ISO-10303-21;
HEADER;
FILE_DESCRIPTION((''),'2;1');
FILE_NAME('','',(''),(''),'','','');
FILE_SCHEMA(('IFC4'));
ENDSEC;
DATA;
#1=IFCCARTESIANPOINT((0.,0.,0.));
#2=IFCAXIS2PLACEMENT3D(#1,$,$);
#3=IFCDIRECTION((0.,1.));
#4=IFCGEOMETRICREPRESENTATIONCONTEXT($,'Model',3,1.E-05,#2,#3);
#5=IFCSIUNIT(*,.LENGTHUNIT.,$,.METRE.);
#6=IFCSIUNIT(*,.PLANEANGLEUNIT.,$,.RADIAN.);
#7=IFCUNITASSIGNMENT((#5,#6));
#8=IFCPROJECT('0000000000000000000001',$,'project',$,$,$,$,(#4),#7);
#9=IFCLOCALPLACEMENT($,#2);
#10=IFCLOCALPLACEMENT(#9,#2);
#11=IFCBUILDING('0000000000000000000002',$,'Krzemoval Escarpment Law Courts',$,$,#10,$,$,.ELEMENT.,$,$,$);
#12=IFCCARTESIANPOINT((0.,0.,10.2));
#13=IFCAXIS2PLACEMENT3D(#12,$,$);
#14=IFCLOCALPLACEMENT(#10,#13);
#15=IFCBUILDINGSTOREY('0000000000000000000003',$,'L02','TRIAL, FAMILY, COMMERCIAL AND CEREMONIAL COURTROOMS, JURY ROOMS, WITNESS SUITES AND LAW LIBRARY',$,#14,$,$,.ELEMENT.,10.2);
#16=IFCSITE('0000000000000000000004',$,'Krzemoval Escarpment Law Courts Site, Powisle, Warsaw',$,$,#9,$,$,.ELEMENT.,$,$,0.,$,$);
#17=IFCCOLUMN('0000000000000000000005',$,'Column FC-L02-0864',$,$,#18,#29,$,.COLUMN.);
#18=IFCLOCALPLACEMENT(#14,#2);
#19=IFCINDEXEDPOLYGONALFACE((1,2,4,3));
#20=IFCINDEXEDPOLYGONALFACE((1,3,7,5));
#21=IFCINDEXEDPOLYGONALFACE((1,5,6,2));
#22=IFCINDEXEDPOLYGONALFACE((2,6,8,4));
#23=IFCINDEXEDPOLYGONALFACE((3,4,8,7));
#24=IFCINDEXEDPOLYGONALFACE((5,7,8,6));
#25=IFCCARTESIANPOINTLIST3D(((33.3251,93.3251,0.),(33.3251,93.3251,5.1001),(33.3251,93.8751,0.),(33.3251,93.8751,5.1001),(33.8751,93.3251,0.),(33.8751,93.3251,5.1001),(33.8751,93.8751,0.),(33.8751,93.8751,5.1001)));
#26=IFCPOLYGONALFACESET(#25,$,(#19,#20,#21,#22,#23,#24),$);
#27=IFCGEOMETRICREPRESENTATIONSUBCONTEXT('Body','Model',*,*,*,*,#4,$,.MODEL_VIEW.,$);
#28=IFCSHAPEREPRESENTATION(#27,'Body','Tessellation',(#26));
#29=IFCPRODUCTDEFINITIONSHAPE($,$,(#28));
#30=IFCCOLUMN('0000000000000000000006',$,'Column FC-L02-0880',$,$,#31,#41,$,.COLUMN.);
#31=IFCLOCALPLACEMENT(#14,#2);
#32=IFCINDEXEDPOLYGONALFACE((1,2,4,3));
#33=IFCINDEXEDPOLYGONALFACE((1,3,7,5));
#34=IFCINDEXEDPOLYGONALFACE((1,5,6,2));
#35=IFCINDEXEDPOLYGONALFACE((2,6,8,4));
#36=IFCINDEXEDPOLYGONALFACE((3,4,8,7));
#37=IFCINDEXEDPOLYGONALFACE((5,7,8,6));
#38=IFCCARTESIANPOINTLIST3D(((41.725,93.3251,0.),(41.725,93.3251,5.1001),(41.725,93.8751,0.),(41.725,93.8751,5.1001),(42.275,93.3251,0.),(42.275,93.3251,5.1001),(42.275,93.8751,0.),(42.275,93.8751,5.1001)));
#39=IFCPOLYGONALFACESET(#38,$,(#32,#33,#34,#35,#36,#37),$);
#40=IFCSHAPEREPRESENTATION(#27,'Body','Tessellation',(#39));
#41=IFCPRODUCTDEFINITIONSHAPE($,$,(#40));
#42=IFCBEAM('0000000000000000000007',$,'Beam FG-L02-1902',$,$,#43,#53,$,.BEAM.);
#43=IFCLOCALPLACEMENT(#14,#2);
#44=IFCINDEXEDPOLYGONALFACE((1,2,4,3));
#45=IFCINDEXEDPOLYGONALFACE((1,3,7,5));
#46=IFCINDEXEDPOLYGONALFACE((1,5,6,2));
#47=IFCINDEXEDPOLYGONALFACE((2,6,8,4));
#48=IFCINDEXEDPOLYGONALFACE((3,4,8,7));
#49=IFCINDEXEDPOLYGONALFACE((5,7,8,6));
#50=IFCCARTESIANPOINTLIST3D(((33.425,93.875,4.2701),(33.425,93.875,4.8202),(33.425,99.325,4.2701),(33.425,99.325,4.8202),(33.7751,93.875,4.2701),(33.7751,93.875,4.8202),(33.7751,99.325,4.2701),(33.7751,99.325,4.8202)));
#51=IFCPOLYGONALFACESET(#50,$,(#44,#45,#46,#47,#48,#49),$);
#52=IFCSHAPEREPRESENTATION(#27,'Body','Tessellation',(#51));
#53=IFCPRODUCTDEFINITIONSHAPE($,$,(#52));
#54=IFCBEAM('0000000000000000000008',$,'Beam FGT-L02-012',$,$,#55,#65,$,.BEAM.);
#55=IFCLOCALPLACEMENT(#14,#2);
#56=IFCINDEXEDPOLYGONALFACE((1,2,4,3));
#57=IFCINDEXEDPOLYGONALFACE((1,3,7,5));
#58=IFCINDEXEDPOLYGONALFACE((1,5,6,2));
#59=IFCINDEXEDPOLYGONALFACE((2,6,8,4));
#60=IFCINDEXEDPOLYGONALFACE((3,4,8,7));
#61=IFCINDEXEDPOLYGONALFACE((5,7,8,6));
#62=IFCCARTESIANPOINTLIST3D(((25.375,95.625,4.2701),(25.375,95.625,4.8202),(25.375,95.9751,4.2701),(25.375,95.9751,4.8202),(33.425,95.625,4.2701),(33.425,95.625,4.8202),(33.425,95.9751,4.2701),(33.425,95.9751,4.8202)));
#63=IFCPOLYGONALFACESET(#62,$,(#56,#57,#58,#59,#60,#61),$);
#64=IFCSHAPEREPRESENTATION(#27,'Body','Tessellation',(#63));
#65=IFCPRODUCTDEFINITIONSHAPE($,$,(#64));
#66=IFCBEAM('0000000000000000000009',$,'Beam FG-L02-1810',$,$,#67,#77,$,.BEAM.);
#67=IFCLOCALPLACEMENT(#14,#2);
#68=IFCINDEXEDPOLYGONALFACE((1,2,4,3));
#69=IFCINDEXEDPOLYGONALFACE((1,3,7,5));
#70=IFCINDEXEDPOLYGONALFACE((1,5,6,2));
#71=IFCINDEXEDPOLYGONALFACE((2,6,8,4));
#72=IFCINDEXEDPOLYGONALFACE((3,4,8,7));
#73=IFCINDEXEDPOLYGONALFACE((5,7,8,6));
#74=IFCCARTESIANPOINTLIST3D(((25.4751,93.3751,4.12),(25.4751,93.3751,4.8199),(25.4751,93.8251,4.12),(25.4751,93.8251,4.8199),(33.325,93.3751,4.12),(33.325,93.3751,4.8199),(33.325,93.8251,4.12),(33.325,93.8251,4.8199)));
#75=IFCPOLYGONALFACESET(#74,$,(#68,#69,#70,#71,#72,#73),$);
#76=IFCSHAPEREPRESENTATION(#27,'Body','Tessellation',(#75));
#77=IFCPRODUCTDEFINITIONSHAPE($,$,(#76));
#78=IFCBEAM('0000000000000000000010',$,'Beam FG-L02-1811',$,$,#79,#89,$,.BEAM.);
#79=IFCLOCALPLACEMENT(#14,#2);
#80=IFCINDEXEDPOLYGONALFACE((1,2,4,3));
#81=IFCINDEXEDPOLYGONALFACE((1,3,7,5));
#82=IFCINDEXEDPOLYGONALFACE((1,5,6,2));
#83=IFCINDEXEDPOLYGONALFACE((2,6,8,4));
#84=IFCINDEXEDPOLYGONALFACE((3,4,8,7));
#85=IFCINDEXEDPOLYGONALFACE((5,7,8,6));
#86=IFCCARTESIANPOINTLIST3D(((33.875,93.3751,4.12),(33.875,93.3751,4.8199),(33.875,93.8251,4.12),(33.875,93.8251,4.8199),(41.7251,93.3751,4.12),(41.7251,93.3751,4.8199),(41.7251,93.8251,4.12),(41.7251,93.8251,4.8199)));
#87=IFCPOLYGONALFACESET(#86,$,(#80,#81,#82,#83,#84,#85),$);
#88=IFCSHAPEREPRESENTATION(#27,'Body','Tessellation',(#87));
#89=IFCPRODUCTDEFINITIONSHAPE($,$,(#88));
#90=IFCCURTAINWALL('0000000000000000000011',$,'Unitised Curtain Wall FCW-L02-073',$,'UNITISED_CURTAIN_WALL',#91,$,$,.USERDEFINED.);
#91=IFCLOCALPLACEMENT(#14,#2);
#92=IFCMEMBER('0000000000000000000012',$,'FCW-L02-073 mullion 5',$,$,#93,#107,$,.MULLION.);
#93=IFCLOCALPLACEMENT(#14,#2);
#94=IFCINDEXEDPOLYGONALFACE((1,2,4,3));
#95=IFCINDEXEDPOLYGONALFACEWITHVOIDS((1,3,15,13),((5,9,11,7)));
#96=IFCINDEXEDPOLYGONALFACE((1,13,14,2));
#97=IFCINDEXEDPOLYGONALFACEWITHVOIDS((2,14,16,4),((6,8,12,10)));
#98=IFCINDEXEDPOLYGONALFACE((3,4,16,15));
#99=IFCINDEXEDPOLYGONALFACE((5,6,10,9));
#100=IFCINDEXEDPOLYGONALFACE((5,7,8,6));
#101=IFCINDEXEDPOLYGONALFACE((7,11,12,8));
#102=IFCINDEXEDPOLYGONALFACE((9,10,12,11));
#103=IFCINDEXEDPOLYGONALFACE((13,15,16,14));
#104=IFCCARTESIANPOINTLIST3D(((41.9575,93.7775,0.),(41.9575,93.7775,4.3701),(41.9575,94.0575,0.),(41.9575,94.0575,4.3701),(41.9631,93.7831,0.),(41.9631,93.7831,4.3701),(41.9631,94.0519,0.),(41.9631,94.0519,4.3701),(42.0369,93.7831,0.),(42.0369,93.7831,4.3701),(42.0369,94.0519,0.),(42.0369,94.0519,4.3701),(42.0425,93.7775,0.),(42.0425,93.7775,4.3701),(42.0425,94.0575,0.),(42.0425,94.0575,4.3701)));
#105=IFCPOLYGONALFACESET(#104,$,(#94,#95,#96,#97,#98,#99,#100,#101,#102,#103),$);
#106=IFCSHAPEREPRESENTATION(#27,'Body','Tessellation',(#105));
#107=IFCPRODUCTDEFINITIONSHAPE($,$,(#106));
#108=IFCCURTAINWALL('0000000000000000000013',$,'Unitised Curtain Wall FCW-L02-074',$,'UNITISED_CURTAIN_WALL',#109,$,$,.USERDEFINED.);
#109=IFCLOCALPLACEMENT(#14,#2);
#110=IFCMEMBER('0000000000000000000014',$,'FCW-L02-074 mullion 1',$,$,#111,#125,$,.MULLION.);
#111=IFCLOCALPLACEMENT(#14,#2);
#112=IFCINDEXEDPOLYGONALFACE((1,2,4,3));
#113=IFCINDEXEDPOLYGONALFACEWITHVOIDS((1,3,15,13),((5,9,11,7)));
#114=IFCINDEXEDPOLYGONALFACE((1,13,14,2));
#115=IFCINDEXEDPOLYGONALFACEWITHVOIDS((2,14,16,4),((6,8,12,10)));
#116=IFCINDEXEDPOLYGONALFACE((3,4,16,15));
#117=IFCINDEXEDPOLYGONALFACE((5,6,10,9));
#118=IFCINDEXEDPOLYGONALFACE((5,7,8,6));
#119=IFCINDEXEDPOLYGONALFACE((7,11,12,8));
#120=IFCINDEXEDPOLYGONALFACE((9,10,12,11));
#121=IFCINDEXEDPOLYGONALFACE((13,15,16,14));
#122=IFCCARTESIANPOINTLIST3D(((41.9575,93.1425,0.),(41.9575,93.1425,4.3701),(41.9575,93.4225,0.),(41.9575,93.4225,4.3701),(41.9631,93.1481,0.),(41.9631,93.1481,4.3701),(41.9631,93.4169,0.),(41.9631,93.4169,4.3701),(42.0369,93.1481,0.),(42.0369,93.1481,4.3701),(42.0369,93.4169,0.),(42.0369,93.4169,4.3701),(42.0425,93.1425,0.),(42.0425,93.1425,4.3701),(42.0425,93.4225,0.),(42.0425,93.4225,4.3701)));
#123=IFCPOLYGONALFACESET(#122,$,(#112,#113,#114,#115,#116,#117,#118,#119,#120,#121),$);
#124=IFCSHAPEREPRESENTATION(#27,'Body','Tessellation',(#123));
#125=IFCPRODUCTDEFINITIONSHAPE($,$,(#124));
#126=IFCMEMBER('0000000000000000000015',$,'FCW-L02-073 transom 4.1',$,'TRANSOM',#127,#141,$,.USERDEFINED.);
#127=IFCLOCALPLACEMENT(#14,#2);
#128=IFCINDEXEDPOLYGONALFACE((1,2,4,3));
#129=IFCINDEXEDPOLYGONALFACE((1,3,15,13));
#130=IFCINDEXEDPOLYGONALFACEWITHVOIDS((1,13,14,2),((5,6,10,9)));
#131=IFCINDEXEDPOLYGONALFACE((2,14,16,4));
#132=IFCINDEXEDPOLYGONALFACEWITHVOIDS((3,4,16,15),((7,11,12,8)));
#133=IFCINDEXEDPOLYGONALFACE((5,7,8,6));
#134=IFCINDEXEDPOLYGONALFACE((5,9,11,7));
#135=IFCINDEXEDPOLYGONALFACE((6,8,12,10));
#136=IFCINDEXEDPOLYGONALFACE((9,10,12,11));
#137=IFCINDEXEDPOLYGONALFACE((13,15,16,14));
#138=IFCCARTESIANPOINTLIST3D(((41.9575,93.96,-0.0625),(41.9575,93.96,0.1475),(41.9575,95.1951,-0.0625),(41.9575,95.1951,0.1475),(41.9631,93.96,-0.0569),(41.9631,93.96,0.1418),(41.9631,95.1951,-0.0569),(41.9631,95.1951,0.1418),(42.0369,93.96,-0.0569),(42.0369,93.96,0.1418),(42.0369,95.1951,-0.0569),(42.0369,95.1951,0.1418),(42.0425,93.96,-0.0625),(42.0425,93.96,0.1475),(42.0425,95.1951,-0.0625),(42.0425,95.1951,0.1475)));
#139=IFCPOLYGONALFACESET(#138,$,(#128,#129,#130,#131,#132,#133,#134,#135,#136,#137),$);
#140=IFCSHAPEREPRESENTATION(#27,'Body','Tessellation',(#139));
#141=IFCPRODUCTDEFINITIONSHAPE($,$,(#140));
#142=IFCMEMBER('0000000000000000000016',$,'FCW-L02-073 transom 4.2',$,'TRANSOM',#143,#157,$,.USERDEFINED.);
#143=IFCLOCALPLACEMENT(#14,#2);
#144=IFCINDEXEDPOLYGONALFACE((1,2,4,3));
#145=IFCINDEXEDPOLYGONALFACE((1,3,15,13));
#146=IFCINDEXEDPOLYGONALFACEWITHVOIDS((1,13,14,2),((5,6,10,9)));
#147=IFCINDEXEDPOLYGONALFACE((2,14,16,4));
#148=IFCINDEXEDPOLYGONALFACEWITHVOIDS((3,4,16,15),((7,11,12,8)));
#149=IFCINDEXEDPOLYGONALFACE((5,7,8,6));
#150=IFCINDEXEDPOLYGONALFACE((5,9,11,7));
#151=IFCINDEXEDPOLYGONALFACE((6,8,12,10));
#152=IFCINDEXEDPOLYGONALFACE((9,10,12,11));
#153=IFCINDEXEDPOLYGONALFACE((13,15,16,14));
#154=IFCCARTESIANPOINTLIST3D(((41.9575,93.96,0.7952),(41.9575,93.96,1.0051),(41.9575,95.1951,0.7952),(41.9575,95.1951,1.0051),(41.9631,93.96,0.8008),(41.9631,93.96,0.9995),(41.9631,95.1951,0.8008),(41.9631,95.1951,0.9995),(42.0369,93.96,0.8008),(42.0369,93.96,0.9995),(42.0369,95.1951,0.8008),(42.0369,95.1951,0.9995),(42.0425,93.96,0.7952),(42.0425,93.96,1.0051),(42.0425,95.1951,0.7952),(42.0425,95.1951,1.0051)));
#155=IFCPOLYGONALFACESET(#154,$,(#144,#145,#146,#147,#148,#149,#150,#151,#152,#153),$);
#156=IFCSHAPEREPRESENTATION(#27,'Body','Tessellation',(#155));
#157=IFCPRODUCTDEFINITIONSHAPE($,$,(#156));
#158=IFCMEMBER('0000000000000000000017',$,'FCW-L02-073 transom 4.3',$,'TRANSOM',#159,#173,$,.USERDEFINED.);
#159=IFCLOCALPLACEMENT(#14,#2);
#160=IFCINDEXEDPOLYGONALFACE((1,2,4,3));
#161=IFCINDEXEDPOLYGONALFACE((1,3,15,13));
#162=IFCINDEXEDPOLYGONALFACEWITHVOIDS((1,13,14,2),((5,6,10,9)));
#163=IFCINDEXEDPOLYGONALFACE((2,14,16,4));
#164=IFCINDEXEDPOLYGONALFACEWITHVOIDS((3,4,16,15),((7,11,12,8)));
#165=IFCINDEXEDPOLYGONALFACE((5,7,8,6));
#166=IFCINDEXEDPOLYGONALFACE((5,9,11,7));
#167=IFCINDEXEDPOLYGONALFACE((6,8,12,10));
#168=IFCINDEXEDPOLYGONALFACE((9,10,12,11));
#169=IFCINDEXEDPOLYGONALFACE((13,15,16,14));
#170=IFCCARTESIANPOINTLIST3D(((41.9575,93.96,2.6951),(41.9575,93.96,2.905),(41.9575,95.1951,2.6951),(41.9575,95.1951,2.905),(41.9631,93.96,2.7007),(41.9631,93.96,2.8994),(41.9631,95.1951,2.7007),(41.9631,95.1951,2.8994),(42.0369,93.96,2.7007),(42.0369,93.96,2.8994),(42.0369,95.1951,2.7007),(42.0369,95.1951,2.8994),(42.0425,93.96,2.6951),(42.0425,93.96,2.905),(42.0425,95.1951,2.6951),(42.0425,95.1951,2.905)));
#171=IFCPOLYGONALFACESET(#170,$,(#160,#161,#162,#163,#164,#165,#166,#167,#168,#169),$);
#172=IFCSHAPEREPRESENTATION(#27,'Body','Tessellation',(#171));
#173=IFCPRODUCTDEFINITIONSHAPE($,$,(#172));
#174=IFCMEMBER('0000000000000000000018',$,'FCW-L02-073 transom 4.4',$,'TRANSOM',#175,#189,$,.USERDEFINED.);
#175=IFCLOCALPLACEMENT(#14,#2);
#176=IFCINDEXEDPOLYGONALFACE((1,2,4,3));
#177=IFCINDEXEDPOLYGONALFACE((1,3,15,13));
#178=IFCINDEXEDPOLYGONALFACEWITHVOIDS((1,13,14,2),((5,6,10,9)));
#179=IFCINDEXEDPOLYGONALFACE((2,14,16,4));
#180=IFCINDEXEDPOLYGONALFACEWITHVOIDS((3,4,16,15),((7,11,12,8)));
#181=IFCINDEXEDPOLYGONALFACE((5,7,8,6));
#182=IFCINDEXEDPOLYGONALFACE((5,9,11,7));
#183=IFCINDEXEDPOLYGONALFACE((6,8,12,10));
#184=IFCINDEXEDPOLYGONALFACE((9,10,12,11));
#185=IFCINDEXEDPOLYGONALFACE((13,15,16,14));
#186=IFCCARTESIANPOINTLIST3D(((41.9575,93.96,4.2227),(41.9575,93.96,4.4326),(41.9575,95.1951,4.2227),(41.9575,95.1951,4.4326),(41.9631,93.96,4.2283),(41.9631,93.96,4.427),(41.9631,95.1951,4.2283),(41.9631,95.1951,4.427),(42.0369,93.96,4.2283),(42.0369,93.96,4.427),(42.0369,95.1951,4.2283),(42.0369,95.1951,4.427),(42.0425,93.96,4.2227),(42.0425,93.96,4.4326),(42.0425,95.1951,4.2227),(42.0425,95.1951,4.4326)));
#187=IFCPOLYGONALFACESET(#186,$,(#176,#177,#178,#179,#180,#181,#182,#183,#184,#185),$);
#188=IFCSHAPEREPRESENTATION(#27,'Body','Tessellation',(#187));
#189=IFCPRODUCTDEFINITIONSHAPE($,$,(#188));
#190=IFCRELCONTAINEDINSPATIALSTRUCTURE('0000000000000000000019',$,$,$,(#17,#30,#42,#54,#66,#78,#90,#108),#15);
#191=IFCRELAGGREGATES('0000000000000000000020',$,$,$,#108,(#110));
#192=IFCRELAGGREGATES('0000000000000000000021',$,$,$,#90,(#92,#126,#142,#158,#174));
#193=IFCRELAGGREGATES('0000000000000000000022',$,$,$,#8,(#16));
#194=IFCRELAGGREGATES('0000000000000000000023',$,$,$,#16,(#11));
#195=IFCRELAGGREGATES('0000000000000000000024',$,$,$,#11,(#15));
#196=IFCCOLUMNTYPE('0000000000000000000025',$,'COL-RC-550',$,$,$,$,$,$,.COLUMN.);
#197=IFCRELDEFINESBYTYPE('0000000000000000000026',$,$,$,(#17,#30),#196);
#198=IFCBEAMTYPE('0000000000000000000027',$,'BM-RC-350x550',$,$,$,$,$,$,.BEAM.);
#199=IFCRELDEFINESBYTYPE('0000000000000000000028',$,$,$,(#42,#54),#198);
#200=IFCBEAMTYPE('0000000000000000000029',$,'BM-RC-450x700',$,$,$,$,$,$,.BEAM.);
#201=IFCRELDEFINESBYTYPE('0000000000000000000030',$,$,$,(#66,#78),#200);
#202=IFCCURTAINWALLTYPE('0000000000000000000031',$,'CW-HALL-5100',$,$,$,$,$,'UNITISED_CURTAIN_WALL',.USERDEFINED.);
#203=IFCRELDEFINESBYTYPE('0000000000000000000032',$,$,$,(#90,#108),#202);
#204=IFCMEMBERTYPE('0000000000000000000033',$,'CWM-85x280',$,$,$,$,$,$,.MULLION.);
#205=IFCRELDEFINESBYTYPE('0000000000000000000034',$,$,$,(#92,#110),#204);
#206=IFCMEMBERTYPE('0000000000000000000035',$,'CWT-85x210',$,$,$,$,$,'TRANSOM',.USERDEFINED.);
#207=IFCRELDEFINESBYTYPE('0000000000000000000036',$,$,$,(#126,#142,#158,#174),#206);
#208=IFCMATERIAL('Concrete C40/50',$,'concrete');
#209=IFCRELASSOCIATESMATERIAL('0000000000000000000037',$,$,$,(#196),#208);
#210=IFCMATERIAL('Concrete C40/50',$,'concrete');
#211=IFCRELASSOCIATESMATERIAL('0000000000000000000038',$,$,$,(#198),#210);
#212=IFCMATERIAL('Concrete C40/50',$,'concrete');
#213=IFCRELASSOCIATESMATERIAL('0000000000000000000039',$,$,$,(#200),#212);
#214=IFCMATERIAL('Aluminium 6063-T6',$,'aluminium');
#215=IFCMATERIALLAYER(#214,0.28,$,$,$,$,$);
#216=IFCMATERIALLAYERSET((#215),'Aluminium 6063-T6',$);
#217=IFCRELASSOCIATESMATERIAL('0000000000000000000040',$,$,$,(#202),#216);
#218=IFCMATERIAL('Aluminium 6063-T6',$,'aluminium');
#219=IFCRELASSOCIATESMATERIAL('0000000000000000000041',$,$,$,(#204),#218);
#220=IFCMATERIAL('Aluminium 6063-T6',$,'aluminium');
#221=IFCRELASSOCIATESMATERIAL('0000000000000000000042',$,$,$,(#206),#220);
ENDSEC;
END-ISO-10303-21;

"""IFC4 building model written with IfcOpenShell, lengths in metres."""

from ifc_helpers import new_model, si_unit, direction, frame, origin, origin_2d, place, context, subcontext, project, spatial, rectangle, hollow_rectangle, extrude, material, layer, layer_set, material_profile, profile_set, type_object, element, aggregate, save


model = new_model("IFC4")

# Units and contexts
model_context = context("Model", 3, precision=1e-05, world=origin(), true_north=direction((0.0, 1.0)))
body_context = subcontext(model_context, "Body", "Model", "MODEL_VIEW")
ifc_project = project(units=[si_unit("LENGTHUNIT", "METRE"), si_unit("PLANEANGLEUNIT", "RADIAN")], contexts=[model_context])

# Site, building, storey
site_placement = place(None, origin())
site = spatial("IfcSite", under=ifc_project, at=site_placement, Name="Krzemoval Escarpment Law Courts Site, Powisle, Warsaw", CompositionType="ELEMENT", RefElevation=0.0)
building_placement = place(site_placement, origin())
building = spatial("IfcBuilding", under=site, at=building_placement, Name="Krzemoval Escarpment Law Courts", CompositionType="ELEMENT")
storey_placement = place(building_placement, frame((0.0, 0.0, 10.2)))
storey = spatial("IfcBuildingStorey", under=building, at=storey_placement, Name="L02", Description="TRIAL, FAMILY, COMMERCIAL AND CEREMONIAL COURTROOMS, JURY ROOMS, WITNESS SUITES AND LAW LIBRARY", CompositionType="ELEMENT", Elevation=10.2)

# Columns
ifc_material_1 = material(Name="Concrete C40/50", Category="concrete")
ifc_material_profile_1 = material_profile(ifc_material_1, rectangle(XDim=0.55, YDim=0.55, at=origin_2d()), Name="RC 550x550")
ifc_profile_set_1 = profile_set([ifc_material_profile_1], Name="Concrete C40/50")
column_type = type_object("IfcColumnType", Name="COL-RC-550", PredefinedType="COLUMN", material=ifc_profile_set_1)
for number, where, z_axis, x_axis, name in (
    (1, (33.6001, 93.6001, 0.0), (0.0, 0.0, 1.0), (1.0, 0.0, 0.0), "Column FC-L02-0864"),
    (2, (42.0, 93.6001, 0.0), (0.0, 0.0, 1.0), (1.0, 0.0, 0.0), "Column FC-L02-0880"),
):
    element("IfcColumn", number, at=place(storey_placement, frame(where, z_axis=z_axis, x_axis=x_axis)), inside=storey, type_object=column_type, Name=name, PredefinedType="COLUMN", context=body_context, shape_type="SweptSolid", body=[
        extrude(rectangle(XDim=0.55, YDim=0.55, at=origin_2d()), origin(), (0.0, 0.0, 1.0), 5.1001),
    ])

# Beams
ifc_material_2 = material(Name="Concrete C40/50", Category="concrete")
ifc_material_profile_2 = material_profile(ifc_material_2, rectangle(XDim=0.3501, YDim=0.55, at=origin_2d()), Name="RCB 350x550")
ifc_profile_set_2 = profile_set([ifc_material_profile_2], Name="Concrete C40/50")
beam_type_1 = type_object("IfcBeamType", Name="BM-RC-350x550", PredefinedType="BEAM", material=ifc_profile_set_2)
beam_1_placement = place(storey_placement, frame((33.6001, 93.875, 4.5452), z_axis=(0.0, 1.0, 0.0), x_axis=(-1.0, 0.0, 0.0)))
element("IfcBeam", 3, at=beam_1_placement, inside=storey, type_object=beam_type_1, Name="Beam FG-L02-1902", PredefinedType="BEAM", context=body_context, shape_type="SweptSolid", body=[
    extrude(rectangle(XDim=0.3501, YDim=0.55, at=origin_2d()), origin(), (0.0, 0.0, 1.0), 5.45),
])
beam_2_placement = place(storey_placement, frame((25.375, 95.8, 4.5452), z_axis=(1.0, 0.0, 0.0), x_axis=(0.0, 1.0, 0.0)))
element("IfcBeam", 4, at=beam_2_placement, inside=storey, type_object=beam_type_1, Name="Beam FGT-L02-012", PredefinedType="BEAM", context=body_context, shape_type="SweptSolid", body=[
    extrude(rectangle(XDim=0.3501, YDim=0.55, at=origin_2d()), origin(), (0.0, 0.0, 1.0), 8.05),
])
ifc_material_3 = material(Name="Concrete C40/50", Category="concrete")
ifc_material_profile_3 = material_profile(ifc_material_3, rectangle(XDim=0.45, YDim=0.7, at=origin_2d()), Name="RCB 450x700")
ifc_profile_set_3 = profile_set([ifc_material_profile_3], Name="Concrete C40/50")
beam_type_2 = type_object("IfcBeamType", Name="BM-RC-450x700", PredefinedType="BEAM", material=ifc_profile_set_3)
beam_3_placement = place(storey_placement, frame((25.4751, 93.6001, 4.47), z_axis=(1.0, 0.0, 0.0), x_axis=(0.0, 1.0, 0.0)))
element("IfcBeam", 5, at=beam_3_placement, inside=storey, type_object=beam_type_2, Name="Beam FG-L02-1810", PredefinedType="BEAM", context=body_context, shape_type="SweptSolid", body=[
    extrude(rectangle(XDim=0.45, YDim=0.7, at=origin_2d()), origin(), (0.0, 0.0, 1.0), 7.8499),
])
beam_4_placement = place(storey_placement, frame((33.875, 93.6001, 4.47), z_axis=(1.0, 0.0, 0.0), x_axis=(0.0, 1.0, 0.0)))
element("IfcBeam", 6, at=beam_4_placement, inside=storey, type_object=beam_type_2, Name="Beam FG-L02-1811", PredefinedType="BEAM", context=body_context, shape_type="SweptSolid", body=[
    extrude(rectangle(XDim=0.45, YDim=0.7, at=origin_2d()), origin(), (0.0, 0.0, 1.0), 7.8501),
])

# Curtain walls, members
ifc_material_4 = material(Name="Aluminium 6063-T6", Category="aluminium")
ifc_layer_1 = layer(ifc_material_4, 0.28)
ifc_layer_set_1 = layer_set([ifc_layer_1], Name="Aluminium 6063-T6")
curtain_wall_type = type_object("IfcCurtainWallType", Name="CW-HALL-5100", ElementType="UNITISED_CURTAIN_WALL", PredefinedType="USERDEFINED", material=ifc_layer_set_1)
curtain_wall_1_placement = place(storey_placement, origin())
curtain_wall_1 = element("IfcCurtainWall", 7, at=curtain_wall_1_placement, inside=storey, type_object=curtain_wall_type, Name="Unitised Curtain Wall FCW-L02-073", ObjectType="UNITISED_CURTAIN_WALL", PredefinedType="USERDEFINED")
ifc_material_5 = material(Name="Aluminium 6063-T6", Category="aluminium")
ifc_material_profile_4 = material_profile(ifc_material_5, hollow_rectangle(XDim=0.085, YDim=0.28, WallThickness=0.0056, at=origin_2d()), Name="ALU M85x280")
ifc_profile_set_4 = profile_set([ifc_material_profile_4], Name="Aluminium 6063-T6")
member_type_1 = type_object("IfcMemberType", Name="CWM-85x280", PredefinedType="MULLION", material=ifc_profile_set_4)
member_1_placement = place(storey_placement, frame((42.0, 93.9175, 0.0), z_axis=(0.0, 0.0, 1.0), x_axis=(1.0, 0.0, 0.0)))
member_1 = element("IfcMember", 8, at=member_1_placement, type_object=member_type_1, Name="FCW-L02-073 mullion 5", PredefinedType="MULLION", context=body_context, shape_type="SweptSolid", body=[
    extrude(hollow_rectangle(XDim=0.085, YDim=0.28, WallThickness=0.0056, at=origin_2d()), origin(), (0.0, 0.0, 1.0), 4.3701),
])
curtain_wall_2_placement = place(storey_placement, origin())
curtain_wall_2 = element("IfcCurtainWall", 9, at=curtain_wall_2_placement, inside=storey, type_object=curtain_wall_type, Name="Unitised Curtain Wall FCW-L02-074", ObjectType="UNITISED_CURTAIN_WALL", PredefinedType="USERDEFINED")
member_2_placement = place(storey_placement, frame((42.0, 93.2825, 0.0), z_axis=(0.0, 0.0, 1.0), x_axis=(1.0, 0.0, 0.0)))
member_2 = element("IfcMember", 10, at=member_2_placement, type_object=member_type_1, Name="FCW-L02-074 mullion 1", PredefinedType="MULLION", context=body_context, shape_type="SweptSolid", body=[
    extrude(hollow_rectangle(XDim=0.085, YDim=0.28, WallThickness=0.0056, at=origin_2d()), origin(), (0.0, 0.0, 1.0), 4.3701),
])

# Members
ifc_material_6 = material(Name="Aluminium 6063-T6", Category="aluminium")
ifc_material_profile_5 = material_profile(ifc_material_6, hollow_rectangle(XDim=0.085, YDim=0.21, WallThickness=0.0056, at=origin_2d()), Name="ALU T85x210")
ifc_profile_set_5 = profile_set([ifc_material_profile_5], Name="Aluminium 6063-T6")
member_type_2 = type_object("IfcMemberType", Name="CWT-85x210", ElementType="TRANSOM", PredefinedType="USERDEFINED", material=ifc_profile_set_5)
member_3_placement = place(storey_placement, frame((42.0, 95.1951, 0.0425), z_axis=(0.0, -1.0, 0.0), x_axis=(1.0, 0.0, 0.0)))
member_3 = element("IfcMember", 11, at=member_3_placement, type_object=member_type_2, Name="FCW-L02-073 transom 4.1", ObjectType="TRANSOM", PredefinedType="USERDEFINED", context=body_context, shape_type="SweptSolid", body=[
    extrude(hollow_rectangle(XDim=0.085, YDim=0.21, WallThickness=0.0056, at=origin_2d()), origin(), (0.0, 0.0, 1.0), 1.2351),
])
member_4_placement = place(storey_placement, frame((42.0, 95.1951, 0.9001), z_axis=(0.0, -1.0, 0.0), x_axis=(1.0, 0.0, 0.0)))
member_4 = element("IfcMember", 12, at=member_4_placement, type_object=member_type_2, Name="FCW-L02-073 transom 4.2", ObjectType="TRANSOM", PredefinedType="USERDEFINED", context=body_context, shape_type="SweptSolid", body=[
    extrude(hollow_rectangle(XDim=0.085, YDim=0.21, WallThickness=0.0056, at=origin_2d()), origin(), (0.0, 0.0, 1.0), 1.2351),
])
member_5_placement = place(storey_placement, frame((42.0, 95.1951, 2.8), z_axis=(0.0, -1.0, 0.0), x_axis=(1.0, 0.0, 0.0)))
member_5 = element("IfcMember", 13, at=member_5_placement, type_object=member_type_2, Name="FCW-L02-073 transom 4.3", ObjectType="TRANSOM", PredefinedType="USERDEFINED", context=body_context, shape_type="SweptSolid", body=[
    extrude(hollow_rectangle(XDim=0.085, YDim=0.21, WallThickness=0.0056, at=origin_2d()), origin(), (0.0, 0.0, 1.0), 1.2351),
])
member_6_placement = place(storey_placement, frame((42.0, 95.1951, 4.3276), z_axis=(0.0, -1.0, 0.0), x_axis=(1.0, 0.0, 0.0)))
member_6 = element("IfcMember", 14, at=member_6_placement, type_object=member_type_2, Name="FCW-L02-073 transom 4.4", ObjectType="TRANSOM", PredefinedType="USERDEFINED", context=body_context, shape_type="SweptSolid", body=[
    extrude(hollow_rectangle(XDim=0.085, YDim=0.21, WallThickness=0.0056, at=origin_2d()), origin(), (0.0, 0.0, 1.0), 1.2351),
])
aggregate(curtain_wall_2, [member_2])

aggregate(curtain_wall_1, [member_1, member_3, member_4, member_5, member_6])

save(model, "model.ifc")
